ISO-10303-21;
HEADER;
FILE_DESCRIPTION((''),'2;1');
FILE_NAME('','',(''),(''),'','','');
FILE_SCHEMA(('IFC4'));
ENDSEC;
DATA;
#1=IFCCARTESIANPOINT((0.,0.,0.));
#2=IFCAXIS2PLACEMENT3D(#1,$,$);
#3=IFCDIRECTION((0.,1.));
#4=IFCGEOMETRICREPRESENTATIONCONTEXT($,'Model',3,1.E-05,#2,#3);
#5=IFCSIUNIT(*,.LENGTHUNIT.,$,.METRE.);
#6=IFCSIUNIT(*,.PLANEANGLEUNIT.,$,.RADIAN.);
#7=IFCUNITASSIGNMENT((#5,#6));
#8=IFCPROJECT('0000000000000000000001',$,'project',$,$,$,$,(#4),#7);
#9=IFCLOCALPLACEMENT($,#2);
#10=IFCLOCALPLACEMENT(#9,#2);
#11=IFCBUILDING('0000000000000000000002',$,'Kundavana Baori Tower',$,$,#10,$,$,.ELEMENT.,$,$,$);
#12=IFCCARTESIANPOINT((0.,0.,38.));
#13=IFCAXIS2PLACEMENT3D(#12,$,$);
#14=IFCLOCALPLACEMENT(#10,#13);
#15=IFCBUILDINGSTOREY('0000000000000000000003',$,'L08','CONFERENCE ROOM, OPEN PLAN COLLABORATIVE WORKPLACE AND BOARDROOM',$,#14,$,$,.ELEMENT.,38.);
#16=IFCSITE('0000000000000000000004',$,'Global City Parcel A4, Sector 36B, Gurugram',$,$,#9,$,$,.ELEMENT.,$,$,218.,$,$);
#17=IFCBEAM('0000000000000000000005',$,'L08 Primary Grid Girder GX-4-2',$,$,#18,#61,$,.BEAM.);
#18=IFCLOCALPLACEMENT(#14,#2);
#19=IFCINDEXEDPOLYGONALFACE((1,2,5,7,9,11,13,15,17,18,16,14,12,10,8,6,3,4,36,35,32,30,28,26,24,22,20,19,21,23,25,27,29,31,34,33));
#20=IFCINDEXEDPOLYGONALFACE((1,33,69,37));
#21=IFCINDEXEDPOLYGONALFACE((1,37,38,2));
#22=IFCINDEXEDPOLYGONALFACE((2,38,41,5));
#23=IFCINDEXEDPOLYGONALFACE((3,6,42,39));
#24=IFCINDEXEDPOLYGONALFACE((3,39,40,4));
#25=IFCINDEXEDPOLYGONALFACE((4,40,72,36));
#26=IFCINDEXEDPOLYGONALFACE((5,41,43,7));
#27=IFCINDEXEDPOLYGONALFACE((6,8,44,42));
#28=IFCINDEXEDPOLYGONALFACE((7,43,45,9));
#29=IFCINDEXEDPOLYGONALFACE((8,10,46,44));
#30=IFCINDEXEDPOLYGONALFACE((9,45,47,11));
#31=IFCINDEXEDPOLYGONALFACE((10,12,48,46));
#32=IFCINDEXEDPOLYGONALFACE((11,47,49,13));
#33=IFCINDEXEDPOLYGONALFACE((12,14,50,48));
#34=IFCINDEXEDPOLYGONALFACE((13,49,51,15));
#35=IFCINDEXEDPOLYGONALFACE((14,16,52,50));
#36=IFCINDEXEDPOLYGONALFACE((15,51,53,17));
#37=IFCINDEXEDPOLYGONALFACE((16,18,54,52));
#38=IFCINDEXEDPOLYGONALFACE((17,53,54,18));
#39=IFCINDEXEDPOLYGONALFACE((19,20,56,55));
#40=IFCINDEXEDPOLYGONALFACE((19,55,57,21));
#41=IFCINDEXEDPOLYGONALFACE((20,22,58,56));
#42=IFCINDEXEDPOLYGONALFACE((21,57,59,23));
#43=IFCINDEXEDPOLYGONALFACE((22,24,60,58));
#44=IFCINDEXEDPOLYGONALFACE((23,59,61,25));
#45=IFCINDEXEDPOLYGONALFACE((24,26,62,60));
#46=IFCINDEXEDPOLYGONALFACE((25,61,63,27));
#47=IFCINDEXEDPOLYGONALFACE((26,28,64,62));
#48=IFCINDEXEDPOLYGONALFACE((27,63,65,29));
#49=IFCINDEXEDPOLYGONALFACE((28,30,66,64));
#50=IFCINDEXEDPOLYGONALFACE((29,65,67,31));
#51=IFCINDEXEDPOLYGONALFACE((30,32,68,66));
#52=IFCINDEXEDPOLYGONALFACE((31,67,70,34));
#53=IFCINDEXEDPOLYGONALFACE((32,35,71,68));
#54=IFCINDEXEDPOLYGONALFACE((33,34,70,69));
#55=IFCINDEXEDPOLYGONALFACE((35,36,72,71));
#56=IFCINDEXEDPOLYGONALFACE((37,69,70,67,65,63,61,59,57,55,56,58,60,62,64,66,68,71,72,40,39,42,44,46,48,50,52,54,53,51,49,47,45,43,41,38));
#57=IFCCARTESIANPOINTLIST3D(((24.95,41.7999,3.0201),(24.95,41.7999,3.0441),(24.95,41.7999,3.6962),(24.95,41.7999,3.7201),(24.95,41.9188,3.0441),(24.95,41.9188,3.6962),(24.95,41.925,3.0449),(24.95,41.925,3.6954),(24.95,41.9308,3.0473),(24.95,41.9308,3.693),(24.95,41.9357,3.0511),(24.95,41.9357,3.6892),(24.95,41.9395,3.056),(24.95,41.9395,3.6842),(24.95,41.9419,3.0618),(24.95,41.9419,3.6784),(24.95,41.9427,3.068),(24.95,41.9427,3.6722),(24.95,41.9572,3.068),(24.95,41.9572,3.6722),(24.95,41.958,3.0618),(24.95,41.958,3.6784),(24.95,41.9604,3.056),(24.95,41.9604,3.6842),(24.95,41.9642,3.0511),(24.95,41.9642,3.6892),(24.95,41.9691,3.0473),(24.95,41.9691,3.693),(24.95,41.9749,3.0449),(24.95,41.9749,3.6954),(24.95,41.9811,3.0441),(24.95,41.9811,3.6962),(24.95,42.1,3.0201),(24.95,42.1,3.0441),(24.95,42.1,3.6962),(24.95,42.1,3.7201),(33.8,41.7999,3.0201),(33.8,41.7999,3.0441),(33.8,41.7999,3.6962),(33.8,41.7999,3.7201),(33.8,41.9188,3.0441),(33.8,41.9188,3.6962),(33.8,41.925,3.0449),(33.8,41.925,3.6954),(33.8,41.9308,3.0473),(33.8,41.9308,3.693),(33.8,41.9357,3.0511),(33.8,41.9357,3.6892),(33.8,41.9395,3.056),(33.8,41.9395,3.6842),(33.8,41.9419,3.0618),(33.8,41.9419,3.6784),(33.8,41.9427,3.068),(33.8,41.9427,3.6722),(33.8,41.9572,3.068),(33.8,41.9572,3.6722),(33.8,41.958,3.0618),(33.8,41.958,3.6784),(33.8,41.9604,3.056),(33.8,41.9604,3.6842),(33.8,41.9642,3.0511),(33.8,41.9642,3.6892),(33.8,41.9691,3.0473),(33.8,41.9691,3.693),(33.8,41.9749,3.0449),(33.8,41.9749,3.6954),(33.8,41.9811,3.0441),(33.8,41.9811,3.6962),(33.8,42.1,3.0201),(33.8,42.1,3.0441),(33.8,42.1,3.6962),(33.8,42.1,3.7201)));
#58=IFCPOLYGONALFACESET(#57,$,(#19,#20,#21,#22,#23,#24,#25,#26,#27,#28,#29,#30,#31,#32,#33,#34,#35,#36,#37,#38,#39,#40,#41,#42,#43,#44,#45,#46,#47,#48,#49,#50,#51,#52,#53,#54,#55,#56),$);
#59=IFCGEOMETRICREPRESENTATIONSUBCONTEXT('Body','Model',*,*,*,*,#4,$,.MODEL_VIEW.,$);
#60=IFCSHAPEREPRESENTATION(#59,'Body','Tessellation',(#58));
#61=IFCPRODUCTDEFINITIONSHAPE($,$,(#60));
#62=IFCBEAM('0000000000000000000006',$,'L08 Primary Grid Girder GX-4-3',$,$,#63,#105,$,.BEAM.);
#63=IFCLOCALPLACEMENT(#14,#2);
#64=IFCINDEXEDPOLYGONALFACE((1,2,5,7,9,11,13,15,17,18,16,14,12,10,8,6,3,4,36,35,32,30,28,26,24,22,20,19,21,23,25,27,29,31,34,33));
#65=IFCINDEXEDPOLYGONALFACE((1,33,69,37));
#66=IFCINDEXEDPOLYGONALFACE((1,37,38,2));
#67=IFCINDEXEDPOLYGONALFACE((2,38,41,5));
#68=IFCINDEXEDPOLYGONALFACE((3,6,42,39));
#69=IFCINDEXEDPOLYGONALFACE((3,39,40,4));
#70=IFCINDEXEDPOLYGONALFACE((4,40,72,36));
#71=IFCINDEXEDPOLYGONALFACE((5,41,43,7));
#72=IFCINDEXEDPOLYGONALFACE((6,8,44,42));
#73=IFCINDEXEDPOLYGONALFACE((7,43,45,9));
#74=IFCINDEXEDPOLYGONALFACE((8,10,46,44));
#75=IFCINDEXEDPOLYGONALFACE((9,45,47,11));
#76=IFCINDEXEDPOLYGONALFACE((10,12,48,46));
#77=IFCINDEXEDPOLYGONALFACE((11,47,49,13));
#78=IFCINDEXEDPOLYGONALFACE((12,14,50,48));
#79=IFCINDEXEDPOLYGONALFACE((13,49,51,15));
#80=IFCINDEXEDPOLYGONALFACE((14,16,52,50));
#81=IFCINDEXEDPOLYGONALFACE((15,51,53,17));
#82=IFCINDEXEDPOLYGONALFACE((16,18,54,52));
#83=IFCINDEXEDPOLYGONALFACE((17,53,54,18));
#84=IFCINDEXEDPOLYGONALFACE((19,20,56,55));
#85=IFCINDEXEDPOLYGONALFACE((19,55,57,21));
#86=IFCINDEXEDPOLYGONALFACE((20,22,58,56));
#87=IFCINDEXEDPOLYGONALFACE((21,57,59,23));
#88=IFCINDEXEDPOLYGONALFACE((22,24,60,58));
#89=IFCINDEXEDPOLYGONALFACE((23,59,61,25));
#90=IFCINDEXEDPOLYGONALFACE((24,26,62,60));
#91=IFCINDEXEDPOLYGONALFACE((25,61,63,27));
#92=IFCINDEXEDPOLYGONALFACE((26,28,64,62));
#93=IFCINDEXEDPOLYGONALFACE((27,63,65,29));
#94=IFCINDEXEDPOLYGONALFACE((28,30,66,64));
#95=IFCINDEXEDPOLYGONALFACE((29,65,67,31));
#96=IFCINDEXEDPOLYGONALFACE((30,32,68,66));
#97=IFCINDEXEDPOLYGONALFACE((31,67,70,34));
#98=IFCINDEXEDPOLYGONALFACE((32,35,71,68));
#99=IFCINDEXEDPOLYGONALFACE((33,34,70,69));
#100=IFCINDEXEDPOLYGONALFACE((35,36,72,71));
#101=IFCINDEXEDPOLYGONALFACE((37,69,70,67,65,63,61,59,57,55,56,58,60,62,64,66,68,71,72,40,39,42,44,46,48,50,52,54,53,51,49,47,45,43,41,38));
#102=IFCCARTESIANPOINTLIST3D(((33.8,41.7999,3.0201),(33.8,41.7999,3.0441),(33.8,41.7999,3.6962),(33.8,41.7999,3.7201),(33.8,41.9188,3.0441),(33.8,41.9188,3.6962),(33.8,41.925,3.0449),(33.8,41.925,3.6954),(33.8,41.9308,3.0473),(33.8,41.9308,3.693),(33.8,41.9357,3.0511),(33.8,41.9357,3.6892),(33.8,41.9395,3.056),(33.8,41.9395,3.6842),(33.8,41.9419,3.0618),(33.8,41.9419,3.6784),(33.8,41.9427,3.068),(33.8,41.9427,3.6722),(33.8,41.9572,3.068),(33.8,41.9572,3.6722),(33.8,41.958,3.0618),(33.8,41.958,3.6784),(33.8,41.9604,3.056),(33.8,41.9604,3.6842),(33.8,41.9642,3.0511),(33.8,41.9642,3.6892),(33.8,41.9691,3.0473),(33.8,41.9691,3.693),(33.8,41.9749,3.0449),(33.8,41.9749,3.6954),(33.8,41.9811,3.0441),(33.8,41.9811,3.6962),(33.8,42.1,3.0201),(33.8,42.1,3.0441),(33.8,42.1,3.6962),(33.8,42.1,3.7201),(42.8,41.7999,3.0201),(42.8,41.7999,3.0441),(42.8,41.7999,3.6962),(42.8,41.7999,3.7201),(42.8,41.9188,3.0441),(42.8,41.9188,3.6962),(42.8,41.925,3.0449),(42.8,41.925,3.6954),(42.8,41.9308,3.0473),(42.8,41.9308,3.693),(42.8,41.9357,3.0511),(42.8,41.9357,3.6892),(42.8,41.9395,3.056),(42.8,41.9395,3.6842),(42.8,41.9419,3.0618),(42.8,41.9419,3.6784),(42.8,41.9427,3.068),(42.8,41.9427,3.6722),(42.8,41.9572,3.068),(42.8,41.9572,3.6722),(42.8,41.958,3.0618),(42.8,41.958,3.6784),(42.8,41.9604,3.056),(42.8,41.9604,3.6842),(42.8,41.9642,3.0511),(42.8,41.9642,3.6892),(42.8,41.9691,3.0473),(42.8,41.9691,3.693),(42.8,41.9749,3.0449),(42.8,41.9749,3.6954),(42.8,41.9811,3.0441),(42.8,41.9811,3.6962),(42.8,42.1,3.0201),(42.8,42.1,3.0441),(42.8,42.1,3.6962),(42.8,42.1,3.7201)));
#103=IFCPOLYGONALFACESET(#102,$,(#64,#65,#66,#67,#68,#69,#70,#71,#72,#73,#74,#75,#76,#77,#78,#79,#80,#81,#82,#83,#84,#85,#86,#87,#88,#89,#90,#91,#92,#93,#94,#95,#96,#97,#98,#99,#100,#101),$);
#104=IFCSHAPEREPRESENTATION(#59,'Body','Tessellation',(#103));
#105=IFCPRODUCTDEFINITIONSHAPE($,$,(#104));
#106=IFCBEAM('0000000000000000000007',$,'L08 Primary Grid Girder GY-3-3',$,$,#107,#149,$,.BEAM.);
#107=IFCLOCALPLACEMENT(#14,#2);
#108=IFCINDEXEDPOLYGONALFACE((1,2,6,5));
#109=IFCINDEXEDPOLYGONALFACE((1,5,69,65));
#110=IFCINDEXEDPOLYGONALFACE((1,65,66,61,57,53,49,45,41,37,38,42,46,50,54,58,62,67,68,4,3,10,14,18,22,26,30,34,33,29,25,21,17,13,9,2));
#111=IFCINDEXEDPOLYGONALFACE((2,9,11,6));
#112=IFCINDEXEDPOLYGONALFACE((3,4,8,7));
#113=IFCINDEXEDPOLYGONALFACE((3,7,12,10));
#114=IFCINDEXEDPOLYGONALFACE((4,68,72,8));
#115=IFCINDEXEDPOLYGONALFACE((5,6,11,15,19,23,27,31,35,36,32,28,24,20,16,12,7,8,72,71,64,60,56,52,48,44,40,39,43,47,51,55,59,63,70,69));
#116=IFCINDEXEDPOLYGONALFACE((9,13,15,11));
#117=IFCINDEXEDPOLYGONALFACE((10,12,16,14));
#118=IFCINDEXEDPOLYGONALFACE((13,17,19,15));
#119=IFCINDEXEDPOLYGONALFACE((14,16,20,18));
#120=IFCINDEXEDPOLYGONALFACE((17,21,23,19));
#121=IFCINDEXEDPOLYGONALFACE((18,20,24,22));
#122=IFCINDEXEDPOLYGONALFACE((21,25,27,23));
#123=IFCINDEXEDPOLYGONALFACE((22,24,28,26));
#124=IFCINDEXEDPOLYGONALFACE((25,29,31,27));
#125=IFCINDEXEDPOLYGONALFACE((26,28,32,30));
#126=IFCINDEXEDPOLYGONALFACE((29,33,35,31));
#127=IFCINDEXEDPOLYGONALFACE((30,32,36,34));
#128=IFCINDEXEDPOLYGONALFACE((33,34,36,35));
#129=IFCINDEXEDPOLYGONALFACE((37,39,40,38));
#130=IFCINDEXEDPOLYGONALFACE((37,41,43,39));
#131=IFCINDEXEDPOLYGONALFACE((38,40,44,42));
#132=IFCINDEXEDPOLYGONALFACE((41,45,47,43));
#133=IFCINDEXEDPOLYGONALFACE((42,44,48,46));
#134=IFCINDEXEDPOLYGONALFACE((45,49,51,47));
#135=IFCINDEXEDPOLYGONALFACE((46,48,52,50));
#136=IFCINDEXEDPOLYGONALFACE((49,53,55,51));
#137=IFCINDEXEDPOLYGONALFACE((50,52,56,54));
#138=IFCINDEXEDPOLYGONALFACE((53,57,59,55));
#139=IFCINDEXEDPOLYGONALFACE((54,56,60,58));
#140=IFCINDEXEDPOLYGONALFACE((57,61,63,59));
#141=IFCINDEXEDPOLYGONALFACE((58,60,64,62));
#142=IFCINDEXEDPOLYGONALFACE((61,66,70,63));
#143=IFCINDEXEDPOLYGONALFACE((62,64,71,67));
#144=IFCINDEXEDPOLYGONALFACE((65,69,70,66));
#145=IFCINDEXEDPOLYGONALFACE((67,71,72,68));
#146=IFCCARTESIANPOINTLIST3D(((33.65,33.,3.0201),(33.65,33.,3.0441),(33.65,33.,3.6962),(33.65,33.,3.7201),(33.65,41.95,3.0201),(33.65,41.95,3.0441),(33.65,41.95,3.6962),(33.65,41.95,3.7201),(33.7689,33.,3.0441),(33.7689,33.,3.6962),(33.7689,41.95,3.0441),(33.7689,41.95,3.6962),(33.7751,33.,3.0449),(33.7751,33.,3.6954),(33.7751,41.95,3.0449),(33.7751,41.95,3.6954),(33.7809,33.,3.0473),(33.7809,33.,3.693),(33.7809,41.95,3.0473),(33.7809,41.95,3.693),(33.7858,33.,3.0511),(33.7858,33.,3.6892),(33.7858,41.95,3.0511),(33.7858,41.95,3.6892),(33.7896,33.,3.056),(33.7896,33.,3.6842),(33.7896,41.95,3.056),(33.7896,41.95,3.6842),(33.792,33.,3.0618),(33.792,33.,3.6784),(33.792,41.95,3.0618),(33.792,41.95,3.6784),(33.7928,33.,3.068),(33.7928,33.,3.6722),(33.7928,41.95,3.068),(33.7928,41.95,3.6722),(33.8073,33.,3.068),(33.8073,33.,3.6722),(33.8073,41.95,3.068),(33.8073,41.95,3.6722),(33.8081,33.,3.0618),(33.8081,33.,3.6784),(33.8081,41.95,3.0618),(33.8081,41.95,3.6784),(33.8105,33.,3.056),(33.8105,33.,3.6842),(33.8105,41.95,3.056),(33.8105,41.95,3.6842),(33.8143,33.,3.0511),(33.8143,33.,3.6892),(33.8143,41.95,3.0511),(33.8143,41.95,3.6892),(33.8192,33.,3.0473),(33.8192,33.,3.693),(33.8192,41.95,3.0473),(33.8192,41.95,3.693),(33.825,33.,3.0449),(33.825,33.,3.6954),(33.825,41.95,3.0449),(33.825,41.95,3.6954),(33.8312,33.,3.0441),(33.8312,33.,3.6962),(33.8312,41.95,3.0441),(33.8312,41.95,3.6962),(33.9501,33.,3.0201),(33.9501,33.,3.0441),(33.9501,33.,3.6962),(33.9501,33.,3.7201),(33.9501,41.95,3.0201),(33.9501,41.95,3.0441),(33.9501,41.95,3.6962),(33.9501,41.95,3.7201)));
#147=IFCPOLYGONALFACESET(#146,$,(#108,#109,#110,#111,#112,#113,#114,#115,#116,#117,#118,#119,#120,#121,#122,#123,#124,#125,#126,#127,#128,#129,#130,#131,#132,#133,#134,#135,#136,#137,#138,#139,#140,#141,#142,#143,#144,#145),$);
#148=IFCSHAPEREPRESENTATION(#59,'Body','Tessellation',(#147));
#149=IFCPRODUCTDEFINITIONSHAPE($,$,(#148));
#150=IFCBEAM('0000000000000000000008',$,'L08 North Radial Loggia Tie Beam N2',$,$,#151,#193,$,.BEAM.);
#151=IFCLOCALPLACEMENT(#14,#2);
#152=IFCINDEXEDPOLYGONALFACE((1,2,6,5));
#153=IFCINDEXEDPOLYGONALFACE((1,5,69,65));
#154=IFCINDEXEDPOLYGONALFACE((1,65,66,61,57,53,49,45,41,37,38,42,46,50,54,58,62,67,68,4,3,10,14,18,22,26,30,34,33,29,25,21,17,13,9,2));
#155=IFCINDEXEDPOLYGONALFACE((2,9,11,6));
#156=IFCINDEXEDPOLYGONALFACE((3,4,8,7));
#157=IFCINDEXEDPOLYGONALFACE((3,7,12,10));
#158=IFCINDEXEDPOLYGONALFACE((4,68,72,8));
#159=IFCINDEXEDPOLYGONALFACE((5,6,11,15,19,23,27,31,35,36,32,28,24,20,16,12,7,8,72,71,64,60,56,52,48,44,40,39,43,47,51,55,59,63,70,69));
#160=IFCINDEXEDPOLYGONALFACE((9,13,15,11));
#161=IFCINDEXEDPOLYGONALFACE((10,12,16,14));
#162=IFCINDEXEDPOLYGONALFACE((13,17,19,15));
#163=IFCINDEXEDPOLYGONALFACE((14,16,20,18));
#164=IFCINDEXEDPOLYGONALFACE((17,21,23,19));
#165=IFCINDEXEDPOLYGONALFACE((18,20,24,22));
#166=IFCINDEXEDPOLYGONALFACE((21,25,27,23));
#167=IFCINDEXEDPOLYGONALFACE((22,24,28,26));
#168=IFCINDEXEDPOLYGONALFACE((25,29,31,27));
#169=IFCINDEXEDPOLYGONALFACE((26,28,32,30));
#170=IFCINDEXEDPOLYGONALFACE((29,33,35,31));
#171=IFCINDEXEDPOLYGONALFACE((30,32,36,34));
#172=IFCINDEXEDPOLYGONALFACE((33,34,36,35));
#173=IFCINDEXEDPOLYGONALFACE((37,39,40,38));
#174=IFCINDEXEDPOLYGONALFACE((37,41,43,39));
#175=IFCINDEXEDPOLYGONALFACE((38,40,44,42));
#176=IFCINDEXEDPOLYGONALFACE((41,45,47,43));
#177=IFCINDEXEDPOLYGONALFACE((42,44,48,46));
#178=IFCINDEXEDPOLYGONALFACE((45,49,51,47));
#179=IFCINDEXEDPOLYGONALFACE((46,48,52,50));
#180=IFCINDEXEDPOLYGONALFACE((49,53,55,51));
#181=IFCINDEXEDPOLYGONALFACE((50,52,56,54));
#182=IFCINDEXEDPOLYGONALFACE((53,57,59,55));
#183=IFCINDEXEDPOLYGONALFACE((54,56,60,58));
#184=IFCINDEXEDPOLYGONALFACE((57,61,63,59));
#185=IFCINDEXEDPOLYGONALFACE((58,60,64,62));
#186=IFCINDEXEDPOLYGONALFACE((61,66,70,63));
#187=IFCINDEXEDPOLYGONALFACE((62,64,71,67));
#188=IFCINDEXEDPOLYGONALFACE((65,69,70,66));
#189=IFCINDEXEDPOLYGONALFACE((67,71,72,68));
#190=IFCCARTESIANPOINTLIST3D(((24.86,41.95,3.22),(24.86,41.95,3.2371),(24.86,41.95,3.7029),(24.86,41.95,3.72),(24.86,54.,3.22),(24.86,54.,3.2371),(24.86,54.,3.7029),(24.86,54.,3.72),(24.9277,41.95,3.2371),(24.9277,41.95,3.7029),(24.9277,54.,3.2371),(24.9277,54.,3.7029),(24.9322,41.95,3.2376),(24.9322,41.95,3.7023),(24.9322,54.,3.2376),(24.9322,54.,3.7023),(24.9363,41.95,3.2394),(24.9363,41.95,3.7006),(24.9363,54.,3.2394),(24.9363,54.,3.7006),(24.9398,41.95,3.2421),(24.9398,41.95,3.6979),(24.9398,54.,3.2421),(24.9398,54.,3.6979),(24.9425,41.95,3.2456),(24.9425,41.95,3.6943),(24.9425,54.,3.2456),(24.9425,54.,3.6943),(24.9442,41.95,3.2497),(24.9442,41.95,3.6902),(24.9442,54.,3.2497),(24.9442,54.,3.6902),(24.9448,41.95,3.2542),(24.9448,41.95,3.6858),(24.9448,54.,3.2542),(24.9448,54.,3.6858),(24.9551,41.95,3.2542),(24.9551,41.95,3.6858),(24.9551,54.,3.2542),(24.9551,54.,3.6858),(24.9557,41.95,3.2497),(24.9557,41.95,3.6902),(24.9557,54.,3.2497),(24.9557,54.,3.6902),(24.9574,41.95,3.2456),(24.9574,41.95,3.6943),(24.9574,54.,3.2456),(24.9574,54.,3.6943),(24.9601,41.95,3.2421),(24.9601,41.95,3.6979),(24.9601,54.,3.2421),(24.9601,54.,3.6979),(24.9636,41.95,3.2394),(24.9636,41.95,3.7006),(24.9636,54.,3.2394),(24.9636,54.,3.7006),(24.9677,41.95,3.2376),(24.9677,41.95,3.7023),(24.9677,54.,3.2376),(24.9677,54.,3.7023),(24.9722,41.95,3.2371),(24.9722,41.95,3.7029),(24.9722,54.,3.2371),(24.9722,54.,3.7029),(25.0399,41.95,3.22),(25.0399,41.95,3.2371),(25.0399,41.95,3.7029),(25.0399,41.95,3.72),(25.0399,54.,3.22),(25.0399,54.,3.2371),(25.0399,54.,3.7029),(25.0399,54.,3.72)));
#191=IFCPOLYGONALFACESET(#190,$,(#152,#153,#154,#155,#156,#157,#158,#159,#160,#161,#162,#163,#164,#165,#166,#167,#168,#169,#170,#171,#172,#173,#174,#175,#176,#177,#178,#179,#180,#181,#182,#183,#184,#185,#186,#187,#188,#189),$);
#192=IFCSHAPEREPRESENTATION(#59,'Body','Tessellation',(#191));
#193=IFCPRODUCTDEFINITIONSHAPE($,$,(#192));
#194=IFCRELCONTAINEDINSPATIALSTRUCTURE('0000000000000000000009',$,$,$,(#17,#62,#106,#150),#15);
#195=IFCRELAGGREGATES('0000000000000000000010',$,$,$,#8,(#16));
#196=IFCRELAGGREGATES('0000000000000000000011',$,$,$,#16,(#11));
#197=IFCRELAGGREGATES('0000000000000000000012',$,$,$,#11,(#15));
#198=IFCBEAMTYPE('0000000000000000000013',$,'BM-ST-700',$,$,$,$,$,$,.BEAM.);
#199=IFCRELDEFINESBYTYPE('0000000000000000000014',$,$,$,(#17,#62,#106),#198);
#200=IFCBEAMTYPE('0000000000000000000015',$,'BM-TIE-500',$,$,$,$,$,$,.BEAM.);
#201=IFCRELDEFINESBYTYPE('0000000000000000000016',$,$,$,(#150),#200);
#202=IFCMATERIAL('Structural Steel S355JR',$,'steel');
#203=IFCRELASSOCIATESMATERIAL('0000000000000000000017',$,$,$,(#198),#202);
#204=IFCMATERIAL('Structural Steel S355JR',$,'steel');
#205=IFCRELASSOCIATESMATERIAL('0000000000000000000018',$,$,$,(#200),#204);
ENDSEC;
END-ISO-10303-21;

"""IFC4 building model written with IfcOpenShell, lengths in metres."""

from ifc_helpers import new_model, si_unit, direction, frame, origin, origin_2d, place, context, subcontext, project, spatial, i_section, extrude, material, material_profile, profile_set, type_object, element, save


model = new_model("IFC4")

# Units and contexts
model_context = context("Model", 3, precision=1e-05, world=origin(), true_north=direction((0.0, 1.0)))
body_context = subcontext(model_context, "Body", "Model", "MODEL_VIEW")
ifc_project = project(units=[si_unit("LENGTHUNIT", "METRE"), si_unit("PLANEANGLEUNIT", "RADIAN")], contexts=[model_context])

# Site, building, storey
site_placement = place(None, origin())
site = spatial("IfcSite", under=ifc_project, at=site_placement, Name="Global City Parcel A4, Sector 36B, Gurugram", CompositionType="ELEMENT", RefElevation=218.0)
building_placement = place(site_placement, origin())
building = spatial("IfcBuilding", under=site, at=building_placement, Name="Kundavana Baori Tower", CompositionType="ELEMENT")
storey_placement = place(building_placement, frame((0.0, 0.0, 38.0)))
storey = spatial("IfcBuildingStorey", under=building, at=storey_placement, Name="L08", Description="CONFERENCE ROOM, OPEN PLAN COLLABORATIVE WORKPLACE AND BOARDROOM", CompositionType="ELEMENT", Elevation=38.0)

# Beams
ifc_material_1 = material(Name="Structural Steel S355JR", Category="steel")
ifc_material_profile_1 = material_profile(ifc_material_1, i_section(OverallWidth=0.3, OverallDepth=0.7, WebThickness=0.0144, FlangeThickness=0.0239, FilletRadius=0.0239, at=origin_2d()), Name="NPB 700x300x170")
ifc_profile_set_1 = profile_set([ifc_material_profile_1], Name="Structural Steel S355JR")
beam_type_1 = type_object("IfcBeamType", Name="BM-ST-700", PredefinedType="BEAM", material=ifc_profile_set_1)
for number, where, z_axis, x_axis, name in (
    (1, (24.95, 41.95, 3.3701), (1.0, 0.0, 0.0), (0.0, 1.0, 0.0), "L08 Primary Grid Girder GX-4-2"),
):
    element("IfcBeam", number, at=place(storey_placement, frame(where, z_axis=z_axis, x_axis=x_axis)), inside=storey, type_object=beam_type_1, Name=name, PredefinedType="BEAM", context=body_context, shape_type="SweptSolid", body=[
        extrude(i_section(OverallWidth=0.3, OverallDepth=0.7, WebThickness=0.0144, FlangeThickness=0.0239, FilletRadius=0.0239, at=origin_2d()), origin(), (0.0, 0.0, 1.0), 8.8501),
    ])
beam_1_placement = place(storey_placement, frame((33.8, 41.95, 3.3701), z_axis=(1.0, 0.0, 0.0), x_axis=(0.0, 1.0, 0.0)))
element("IfcBeam", 2, at=beam_1_placement, inside=storey, type_object=beam_type_1, Name="L08 Primary Grid Girder GX-4-3", PredefinedType="BEAM", context=body_context, shape_type="SweptSolid", body=[
    extrude(i_section(OverallWidth=0.3, OverallDepth=0.7, WebThickness=0.0144, FlangeThickness=0.0239, FilletRadius=0.0239, at=origin_2d()), origin(), (0.0, 0.0, 1.0), 9.0),
])
beam_2_placement = place(storey_placement, frame((33.8, 33.0, 3.3701), z_axis=(0.0, 1.0, 0.0), x_axis=(-1.0, 0.0, 0.0)))
element("IfcBeam", 3, at=beam_2_placement, inside=storey, type_object=beam_type_1, Name="L08 Primary Grid Girder GY-3-3", PredefinedType="BEAM", context=body_context, shape_type="SweptSolid", body=[
    extrude(i_section(OverallWidth=0.3, OverallDepth=0.7, WebThickness=0.0144, FlangeThickness=0.0239, FilletRadius=0.0239, at=origin_2d()), origin(), (0.0, 0.0, 1.0), 8.95),
])
ifc_material_2 = material(Name="Structural Steel S355JR", Category="steel")
ifc_material_profile_2 = material_profile(ifc_material_2, i_section(OverallWidth=0.1799, OverallDepth=0.5, WebThickness=0.0103, FlangeThickness=0.0171, FilletRadius=0.0171, at=origin_2d()), Name="ISMB 500")
ifc_profile_set_2 = profile_set([ifc_material_profile_2], Name="Structural Steel S355JR")
beam_type_2 = type_object("IfcBeamType", Name="BM-TIE-500", PredefinedType="BEAM", material=ifc_profile_set_2)
for number, where, z_axis, x_axis, name in (
    (4, (24.95, 41.95, 3.47), (0.0, 1.0, 0.0), (-1.0, 0.0, 0.0), "L08 North Radial Loggia Tie Beam N2"),
):
    element("IfcBeam", number, at=place(storey_placement, frame(where, z_axis=z_axis, x_axis=x_axis)), inside=storey, type_object=beam_type_2, Name=name, PredefinedType="BEAM", context=body_context, shape_type="SweptSolid", body=[
        extrude(i_section(OverallWidth=0.1799, OverallDepth=0.5, WebThickness=0.0103, FlangeThickness=0.0171, FilletRadius=0.0171, at=origin_2d()), origin(), (0.0, 0.0, 1.0), 12.05),
    ])

save(model, "model.ifc")
